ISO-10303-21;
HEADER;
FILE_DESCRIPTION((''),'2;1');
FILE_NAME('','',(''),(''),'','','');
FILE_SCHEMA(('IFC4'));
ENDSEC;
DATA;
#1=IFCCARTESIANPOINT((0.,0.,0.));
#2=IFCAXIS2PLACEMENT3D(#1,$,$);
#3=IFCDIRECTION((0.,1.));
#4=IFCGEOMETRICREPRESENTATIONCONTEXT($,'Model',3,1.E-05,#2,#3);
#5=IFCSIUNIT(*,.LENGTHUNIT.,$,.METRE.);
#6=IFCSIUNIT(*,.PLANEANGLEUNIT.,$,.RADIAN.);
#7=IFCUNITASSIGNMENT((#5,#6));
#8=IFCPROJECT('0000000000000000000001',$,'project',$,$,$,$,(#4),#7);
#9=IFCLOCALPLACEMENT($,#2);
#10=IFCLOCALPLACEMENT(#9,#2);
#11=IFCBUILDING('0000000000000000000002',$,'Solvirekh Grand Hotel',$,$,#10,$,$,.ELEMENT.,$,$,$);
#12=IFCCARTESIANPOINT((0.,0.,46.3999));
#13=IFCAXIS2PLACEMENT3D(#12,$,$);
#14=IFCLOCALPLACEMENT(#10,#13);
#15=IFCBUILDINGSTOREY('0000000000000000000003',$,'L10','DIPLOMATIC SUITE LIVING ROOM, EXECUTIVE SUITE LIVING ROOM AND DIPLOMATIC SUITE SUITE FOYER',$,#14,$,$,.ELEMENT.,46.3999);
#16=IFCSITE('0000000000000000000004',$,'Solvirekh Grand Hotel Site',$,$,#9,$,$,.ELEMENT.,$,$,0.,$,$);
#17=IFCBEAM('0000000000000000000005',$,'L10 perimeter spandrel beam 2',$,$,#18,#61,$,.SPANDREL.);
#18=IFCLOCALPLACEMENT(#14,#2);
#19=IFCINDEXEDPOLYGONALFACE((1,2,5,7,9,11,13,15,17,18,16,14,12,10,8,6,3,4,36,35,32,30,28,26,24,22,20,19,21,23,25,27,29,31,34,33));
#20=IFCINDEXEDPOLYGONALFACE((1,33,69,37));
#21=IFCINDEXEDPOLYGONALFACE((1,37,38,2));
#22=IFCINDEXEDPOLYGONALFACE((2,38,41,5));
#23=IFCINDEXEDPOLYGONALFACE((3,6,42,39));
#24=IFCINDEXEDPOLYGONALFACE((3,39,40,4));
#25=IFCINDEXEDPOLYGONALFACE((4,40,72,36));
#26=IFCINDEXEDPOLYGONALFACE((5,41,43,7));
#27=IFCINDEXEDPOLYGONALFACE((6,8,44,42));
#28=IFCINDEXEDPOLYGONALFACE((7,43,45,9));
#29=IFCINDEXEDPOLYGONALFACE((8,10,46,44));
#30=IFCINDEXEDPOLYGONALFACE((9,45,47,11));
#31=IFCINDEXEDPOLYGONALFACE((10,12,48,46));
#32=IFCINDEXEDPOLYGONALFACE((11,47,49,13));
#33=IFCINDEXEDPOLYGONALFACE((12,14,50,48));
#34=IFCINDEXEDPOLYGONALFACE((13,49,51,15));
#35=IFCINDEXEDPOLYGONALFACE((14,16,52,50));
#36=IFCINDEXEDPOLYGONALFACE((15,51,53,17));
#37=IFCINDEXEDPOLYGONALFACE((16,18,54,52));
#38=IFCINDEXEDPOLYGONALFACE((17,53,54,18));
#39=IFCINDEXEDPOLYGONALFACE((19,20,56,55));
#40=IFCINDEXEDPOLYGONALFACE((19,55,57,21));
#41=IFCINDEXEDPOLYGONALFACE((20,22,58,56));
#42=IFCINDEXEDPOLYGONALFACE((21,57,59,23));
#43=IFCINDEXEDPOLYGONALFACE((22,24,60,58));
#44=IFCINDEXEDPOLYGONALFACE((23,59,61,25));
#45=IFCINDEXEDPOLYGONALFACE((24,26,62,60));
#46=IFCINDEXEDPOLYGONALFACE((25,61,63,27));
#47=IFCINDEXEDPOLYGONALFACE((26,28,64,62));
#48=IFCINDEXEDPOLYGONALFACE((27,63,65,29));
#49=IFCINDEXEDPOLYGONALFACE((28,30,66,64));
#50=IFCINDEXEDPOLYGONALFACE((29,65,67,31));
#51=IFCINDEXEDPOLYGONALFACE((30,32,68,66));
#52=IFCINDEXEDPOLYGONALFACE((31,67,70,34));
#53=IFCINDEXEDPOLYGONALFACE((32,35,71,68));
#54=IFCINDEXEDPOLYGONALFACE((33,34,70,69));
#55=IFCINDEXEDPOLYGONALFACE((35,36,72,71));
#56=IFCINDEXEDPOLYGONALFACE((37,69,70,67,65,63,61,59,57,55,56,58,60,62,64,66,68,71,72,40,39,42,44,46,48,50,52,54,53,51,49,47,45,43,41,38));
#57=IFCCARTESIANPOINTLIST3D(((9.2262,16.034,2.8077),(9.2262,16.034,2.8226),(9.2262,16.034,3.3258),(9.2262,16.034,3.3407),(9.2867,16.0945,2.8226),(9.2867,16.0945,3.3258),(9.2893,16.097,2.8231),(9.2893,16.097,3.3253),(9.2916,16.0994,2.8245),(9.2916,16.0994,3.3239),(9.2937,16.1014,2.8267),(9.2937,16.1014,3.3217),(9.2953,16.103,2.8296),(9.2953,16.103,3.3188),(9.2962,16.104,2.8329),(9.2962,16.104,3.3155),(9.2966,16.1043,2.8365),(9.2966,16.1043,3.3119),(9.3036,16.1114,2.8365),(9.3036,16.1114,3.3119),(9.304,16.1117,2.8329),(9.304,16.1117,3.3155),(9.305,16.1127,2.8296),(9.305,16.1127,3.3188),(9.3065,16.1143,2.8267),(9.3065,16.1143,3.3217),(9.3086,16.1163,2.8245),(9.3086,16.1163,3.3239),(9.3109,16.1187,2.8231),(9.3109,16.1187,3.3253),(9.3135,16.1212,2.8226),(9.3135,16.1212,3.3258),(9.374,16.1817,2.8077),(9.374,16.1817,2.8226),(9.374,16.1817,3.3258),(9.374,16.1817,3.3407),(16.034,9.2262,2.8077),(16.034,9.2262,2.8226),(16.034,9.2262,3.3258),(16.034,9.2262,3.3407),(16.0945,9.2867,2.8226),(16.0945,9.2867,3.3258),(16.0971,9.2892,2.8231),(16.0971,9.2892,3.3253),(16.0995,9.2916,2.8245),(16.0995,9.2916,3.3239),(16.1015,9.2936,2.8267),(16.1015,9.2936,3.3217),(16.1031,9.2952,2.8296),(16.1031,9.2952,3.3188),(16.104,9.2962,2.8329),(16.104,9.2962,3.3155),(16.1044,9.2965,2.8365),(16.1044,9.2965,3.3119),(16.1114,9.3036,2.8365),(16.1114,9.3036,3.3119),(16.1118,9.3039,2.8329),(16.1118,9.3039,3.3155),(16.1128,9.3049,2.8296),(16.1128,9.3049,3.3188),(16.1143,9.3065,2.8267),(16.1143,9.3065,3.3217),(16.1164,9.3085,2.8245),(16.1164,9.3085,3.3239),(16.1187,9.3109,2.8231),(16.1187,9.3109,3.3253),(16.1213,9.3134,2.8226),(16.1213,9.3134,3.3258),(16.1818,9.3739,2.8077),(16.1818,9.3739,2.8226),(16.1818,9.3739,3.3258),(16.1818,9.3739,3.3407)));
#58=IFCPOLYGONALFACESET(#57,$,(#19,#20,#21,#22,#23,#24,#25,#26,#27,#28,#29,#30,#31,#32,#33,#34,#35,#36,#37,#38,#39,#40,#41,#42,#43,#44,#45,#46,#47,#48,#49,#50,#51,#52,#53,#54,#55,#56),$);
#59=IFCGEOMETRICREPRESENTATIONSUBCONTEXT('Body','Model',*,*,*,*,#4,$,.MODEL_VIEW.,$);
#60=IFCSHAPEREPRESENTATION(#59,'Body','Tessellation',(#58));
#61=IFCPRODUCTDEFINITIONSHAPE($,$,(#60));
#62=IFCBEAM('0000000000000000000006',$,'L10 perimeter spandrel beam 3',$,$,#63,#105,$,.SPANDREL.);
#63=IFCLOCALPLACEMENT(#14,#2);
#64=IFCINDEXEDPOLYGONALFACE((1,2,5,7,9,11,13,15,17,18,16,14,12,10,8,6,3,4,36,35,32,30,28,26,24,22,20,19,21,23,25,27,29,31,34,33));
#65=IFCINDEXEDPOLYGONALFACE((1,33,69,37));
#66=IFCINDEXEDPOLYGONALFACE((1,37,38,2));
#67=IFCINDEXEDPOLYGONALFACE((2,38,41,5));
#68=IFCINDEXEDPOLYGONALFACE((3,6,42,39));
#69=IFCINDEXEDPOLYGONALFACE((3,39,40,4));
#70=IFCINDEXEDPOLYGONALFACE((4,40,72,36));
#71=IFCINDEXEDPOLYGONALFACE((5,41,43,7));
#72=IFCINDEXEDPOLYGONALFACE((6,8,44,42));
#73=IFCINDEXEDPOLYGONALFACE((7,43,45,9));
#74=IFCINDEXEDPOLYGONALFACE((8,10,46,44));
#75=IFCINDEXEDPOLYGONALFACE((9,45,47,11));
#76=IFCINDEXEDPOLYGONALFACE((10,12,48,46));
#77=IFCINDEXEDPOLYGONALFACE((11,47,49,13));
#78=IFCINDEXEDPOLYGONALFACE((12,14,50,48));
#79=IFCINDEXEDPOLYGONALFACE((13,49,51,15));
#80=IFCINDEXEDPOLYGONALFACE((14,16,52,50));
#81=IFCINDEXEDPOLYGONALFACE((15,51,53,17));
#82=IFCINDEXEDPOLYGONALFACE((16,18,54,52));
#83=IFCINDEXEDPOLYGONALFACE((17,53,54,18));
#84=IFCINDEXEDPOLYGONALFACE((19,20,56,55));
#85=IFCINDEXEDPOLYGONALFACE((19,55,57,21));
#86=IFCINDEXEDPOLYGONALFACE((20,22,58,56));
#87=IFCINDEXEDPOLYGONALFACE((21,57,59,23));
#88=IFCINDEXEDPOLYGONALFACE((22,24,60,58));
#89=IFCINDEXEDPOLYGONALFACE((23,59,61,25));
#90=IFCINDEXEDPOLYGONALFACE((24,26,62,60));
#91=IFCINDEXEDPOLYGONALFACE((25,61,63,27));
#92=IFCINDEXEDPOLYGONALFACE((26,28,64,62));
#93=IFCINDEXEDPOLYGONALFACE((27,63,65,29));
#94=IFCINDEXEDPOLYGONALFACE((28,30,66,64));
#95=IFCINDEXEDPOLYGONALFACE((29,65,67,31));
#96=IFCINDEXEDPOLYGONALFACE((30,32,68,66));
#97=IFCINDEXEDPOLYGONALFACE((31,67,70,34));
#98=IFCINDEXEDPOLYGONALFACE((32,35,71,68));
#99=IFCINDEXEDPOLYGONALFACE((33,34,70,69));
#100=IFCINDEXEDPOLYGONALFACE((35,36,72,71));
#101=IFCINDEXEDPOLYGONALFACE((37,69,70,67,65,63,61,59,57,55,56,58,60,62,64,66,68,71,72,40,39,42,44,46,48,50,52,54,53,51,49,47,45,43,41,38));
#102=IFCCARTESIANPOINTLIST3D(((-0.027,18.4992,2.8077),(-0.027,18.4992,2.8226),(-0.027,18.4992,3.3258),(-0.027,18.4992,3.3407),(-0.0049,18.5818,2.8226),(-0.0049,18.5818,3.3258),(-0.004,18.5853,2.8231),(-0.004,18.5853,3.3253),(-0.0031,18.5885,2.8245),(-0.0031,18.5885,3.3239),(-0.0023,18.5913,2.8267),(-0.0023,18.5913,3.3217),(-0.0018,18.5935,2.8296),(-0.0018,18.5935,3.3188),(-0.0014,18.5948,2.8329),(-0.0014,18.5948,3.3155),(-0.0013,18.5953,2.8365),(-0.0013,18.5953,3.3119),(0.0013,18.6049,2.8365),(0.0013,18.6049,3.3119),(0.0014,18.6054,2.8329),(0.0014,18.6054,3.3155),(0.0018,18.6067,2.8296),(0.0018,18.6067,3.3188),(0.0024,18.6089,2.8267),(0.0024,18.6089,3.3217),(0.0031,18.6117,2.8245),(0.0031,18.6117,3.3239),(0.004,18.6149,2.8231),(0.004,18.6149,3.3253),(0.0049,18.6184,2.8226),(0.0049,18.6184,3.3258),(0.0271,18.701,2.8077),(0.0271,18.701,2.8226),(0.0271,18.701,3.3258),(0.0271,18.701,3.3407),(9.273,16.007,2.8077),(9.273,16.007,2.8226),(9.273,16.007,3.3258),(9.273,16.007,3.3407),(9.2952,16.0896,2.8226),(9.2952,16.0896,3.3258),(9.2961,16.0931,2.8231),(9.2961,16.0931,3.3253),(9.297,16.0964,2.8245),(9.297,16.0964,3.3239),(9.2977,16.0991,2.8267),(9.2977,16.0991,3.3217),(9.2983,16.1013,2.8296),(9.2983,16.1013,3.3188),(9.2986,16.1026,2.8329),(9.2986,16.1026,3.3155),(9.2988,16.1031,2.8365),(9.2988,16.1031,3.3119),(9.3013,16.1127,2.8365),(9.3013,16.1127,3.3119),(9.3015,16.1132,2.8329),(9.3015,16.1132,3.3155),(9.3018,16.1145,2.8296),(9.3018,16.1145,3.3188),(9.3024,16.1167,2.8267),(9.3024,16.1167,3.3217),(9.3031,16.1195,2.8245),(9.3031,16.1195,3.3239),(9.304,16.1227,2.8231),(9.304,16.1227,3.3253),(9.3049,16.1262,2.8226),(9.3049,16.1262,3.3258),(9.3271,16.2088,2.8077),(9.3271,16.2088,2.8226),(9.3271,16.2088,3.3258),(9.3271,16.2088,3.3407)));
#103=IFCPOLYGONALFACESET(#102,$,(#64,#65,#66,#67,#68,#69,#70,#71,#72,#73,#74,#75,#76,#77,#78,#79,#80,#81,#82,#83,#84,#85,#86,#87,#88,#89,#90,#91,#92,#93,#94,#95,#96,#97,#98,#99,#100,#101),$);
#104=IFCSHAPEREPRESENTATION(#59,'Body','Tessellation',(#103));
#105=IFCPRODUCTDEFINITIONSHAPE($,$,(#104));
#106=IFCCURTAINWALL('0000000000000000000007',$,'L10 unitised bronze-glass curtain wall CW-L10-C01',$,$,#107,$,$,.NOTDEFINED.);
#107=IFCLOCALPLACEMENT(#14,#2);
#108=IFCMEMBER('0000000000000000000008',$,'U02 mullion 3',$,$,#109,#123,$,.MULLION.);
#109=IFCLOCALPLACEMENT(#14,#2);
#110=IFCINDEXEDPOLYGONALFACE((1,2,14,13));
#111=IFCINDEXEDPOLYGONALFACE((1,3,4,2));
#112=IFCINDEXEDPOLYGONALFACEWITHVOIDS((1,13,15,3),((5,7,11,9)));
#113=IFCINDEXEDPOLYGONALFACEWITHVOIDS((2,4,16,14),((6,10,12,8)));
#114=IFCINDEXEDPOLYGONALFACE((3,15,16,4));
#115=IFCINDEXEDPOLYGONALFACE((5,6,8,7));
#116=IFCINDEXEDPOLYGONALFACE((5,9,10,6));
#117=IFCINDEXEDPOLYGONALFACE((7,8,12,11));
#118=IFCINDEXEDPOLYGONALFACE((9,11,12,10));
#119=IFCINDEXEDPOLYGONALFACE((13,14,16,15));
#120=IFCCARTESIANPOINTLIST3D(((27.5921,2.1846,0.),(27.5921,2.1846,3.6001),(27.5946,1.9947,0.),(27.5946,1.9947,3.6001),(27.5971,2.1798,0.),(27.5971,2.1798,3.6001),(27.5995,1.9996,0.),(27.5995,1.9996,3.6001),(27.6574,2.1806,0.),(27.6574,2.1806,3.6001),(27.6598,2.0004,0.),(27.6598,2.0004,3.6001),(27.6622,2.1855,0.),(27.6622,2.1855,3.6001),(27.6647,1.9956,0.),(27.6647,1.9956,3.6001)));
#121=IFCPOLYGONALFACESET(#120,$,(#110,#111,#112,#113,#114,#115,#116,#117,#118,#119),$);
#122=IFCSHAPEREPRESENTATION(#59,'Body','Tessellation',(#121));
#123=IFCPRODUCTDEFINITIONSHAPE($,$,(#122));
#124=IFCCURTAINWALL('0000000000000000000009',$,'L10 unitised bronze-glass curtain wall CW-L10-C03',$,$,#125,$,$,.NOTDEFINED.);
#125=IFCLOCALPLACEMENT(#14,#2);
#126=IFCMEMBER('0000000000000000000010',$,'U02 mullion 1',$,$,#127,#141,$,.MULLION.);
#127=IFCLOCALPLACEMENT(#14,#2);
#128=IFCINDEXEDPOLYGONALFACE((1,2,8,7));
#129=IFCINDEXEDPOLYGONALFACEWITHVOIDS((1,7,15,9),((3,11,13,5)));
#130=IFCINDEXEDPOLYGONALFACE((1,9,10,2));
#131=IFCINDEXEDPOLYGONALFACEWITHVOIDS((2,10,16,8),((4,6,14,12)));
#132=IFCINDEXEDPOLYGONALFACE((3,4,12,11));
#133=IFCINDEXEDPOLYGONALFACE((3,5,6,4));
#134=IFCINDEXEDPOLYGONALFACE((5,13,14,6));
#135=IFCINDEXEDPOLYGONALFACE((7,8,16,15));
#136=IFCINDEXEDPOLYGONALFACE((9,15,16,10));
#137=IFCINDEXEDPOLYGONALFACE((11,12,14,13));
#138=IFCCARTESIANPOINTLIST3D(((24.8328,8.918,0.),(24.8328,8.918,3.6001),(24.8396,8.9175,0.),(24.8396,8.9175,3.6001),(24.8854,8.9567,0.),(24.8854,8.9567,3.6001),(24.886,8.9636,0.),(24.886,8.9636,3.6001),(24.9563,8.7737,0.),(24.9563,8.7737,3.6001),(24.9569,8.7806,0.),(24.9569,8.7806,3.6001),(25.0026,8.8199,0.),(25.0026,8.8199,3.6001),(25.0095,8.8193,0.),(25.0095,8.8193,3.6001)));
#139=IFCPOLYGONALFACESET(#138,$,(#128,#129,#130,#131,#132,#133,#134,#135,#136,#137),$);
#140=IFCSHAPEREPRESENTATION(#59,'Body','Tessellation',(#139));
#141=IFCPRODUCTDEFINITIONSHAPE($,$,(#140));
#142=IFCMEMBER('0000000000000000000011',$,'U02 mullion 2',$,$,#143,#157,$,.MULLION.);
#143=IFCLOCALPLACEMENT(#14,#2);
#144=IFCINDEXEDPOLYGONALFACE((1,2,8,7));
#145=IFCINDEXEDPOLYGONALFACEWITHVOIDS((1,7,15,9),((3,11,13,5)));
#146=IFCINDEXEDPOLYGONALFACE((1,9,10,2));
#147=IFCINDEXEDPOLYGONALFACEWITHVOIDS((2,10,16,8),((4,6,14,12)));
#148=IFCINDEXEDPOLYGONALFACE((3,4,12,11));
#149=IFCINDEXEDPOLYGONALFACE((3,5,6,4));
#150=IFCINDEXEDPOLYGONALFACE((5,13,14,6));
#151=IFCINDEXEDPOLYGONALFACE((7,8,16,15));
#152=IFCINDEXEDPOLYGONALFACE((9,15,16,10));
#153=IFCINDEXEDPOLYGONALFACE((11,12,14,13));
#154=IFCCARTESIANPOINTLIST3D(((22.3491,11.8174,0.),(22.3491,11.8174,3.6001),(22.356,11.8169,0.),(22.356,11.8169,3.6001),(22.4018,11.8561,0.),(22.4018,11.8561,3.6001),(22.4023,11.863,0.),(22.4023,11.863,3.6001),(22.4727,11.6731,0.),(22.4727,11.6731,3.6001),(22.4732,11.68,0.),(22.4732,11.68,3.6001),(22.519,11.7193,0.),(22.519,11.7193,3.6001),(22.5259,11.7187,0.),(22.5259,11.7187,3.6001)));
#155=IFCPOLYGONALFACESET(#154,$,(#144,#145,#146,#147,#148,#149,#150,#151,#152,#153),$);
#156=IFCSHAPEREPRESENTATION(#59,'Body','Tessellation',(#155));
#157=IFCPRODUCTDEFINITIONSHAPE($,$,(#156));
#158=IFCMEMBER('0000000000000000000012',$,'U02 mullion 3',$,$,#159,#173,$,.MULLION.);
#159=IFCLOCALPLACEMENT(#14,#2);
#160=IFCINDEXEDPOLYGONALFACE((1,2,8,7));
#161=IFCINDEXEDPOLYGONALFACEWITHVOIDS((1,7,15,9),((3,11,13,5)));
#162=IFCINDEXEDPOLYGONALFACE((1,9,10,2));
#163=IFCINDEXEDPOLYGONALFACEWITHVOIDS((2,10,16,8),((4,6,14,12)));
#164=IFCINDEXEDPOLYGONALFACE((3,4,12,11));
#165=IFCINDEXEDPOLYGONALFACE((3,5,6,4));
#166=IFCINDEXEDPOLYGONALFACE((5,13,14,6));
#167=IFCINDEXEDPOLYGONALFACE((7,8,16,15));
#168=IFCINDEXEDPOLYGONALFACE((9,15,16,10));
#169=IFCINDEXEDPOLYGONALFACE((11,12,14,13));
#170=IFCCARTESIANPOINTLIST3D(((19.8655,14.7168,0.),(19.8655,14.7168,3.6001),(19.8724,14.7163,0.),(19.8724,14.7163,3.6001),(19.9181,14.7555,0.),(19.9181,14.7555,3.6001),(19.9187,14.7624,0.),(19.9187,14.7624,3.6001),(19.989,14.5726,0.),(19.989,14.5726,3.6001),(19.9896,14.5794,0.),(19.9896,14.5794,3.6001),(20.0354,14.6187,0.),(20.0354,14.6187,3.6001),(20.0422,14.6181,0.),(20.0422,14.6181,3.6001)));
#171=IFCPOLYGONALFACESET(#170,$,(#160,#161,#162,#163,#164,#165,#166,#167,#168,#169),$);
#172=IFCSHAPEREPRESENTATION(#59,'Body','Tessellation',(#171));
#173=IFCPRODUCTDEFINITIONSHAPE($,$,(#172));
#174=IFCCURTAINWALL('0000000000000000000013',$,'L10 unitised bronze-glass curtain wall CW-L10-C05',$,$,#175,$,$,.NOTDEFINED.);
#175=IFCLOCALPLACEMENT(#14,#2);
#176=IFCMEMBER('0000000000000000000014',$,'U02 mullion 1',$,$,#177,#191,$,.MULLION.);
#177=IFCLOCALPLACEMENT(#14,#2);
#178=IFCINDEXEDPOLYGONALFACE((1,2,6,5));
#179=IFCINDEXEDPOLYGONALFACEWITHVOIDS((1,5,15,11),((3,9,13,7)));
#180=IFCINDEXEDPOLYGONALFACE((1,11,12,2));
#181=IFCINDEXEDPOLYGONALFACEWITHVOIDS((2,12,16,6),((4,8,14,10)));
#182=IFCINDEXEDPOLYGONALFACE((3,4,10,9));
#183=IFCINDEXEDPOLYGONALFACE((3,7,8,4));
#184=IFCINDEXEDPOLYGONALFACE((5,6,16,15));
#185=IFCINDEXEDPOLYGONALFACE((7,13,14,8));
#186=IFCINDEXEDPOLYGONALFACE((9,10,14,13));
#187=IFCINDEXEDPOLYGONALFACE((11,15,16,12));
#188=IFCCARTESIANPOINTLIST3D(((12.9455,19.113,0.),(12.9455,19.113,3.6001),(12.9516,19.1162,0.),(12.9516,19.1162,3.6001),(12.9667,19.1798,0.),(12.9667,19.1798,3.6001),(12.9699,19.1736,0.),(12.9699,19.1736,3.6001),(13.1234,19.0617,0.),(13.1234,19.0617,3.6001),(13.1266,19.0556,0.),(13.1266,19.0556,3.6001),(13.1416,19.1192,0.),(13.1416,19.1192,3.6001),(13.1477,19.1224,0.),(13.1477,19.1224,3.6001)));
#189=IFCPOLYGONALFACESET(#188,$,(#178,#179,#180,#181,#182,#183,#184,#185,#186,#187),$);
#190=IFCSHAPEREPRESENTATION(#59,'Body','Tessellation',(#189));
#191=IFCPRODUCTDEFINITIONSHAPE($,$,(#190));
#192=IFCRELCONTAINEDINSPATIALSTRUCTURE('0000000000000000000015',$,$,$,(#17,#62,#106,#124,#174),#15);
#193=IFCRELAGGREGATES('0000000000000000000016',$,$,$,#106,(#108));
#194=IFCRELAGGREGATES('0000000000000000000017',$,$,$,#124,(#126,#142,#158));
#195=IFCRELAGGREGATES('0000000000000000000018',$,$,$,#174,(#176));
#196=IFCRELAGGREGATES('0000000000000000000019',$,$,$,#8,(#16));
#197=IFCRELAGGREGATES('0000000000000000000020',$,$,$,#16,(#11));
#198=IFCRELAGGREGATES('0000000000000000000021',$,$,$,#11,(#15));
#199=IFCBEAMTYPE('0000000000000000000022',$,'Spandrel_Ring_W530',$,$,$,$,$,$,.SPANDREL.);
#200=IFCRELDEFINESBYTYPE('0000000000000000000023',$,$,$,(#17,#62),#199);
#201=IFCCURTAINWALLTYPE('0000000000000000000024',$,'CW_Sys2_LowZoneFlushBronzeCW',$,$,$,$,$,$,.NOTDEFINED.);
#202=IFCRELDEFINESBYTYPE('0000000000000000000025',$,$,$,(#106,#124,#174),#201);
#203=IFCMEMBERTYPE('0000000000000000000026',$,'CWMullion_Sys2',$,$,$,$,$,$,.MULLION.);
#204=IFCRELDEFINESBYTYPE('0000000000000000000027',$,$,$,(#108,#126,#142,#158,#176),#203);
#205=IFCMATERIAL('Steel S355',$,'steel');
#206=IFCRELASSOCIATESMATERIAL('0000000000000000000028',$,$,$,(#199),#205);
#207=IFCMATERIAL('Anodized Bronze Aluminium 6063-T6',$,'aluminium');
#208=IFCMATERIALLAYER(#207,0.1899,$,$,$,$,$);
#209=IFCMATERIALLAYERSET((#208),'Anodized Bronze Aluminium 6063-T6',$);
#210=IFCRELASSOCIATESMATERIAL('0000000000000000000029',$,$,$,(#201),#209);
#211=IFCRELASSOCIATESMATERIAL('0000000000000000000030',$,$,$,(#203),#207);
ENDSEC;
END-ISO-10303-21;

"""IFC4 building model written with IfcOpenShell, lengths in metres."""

from ifc_helpers import new_model, si_unit, direction, frame, origin, origin_2d, place, context, subcontext, project, spatial, hollow_rectangle, i_section, extrude, source, transform, mapped, material, layer, layer_set, material_profile, profile_set, type_object, element, aggregate, save


model = new_model("IFC4")

# Units and contexts
model_context = context("Model", 3, precision=1e-05, world=origin(), true_north=direction((0.0, 1.0)))
body_context = subcontext(model_context, "Body", "Model", "MODEL_VIEW")
ifc_project = project(units=[si_unit("LENGTHUNIT", "METRE"), si_unit("PLANEANGLEUNIT", "RADIAN")], contexts=[model_context])

# Site, building, storey
site_placement = place(None, origin())
site = spatial("IfcSite", under=ifc_project, at=site_placement, Name="Solvirekh Grand Hotel Site", CompositionType="ELEMENT", RefElevation=0.0)
building_placement = place(site_placement, origin())
building = spatial("IfcBuilding", under=site, at=building_placement, Name="Solvirekh Grand Hotel", CompositionType="ELEMENT")
storey_placement = place(building_placement, frame((0.0, 0.0, 46.3999)))
storey = spatial("IfcBuildingStorey", under=building, at=storey_placement, Name="L10", Description="DIPLOMATIC SUITE LIVING ROOM, EXECUTIVE SUITE LIVING ROOM AND DIPLOMATIC SUITE SUITE FOYER", CompositionType="ELEMENT", Elevation=46.3999)

# Beams
ifc_material_1 = material(Name="Steel S355", Category="steel")
ifc_material_profile_1 = material_profile(ifc_material_1, i_section(OverallWidth=0.209, OverallDepth=0.533, WebThickness=0.01, FlangeThickness=0.0149, FilletRadius=0.0139, at=origin_2d()), Name="W530X92")
ifc_profile_set_1 = profile_set([ifc_material_profile_1], Name="Steel S355")
beam_type = type_object("IfcBeamType", Name="Spandrel_Ring_W530", PredefinedType="SPANDREL", material=ifc_profile_set_1)
beam_1_placement = place(storey_placement, frame((16.1079, 9.3, 3.0742), z_axis=(-0.707107, 0.707107, 0.0), x_axis=(-0.707107, -0.707107, 0.0)))
element("IfcBeam", 1, at=beam_1_placement, inside=storey, type_object=beam_type, Name="L10 perimeter spandrel beam 2", PredefinedType="SPANDREL", context=body_context, shape_type="SweptSolid", body=[
    extrude(i_section(OverallWidth=0.209, OverallDepth=0.533, WebThickness=0.01, FlangeThickness=0.0149, FilletRadius=0.0139, at=origin_2d()), origin(), (0.0, 0.0, 1.0), 9.6277),
])
beam_2_placement = place(storey_placement, frame((9.3, 16.1079, 3.0742), z_axis=(-0.965919, 0.258843, 0.0), x_axis=(-0.258843, -0.965919, 0.0)))
element("IfcBeam", 2, at=beam_2_placement, inside=storey, type_object=beam_type, Name="L10 perimeter spandrel beam 3", PredefinedType="SPANDREL", context=body_context, shape_type="SweptSolid", body=[
    extrude(i_section(OverallWidth=0.209, OverallDepth=0.533, WebThickness=0.01, FlangeThickness=0.0149, FilletRadius=0.0139, at=origin_2d()), origin(), (0.0, 0.0, 1.0), 9.6282),
])

# Curtain wall, member
ifc_material_2 = material(Name="Anodized Bronze Aluminium 6063-T6", Category="aluminium")
ifc_layer_1 = layer(ifc_material_2, 0.1899)
ifc_layer_set_1 = layer_set([ifc_layer_1], Name="Anodized Bronze Aluminium 6063-T6")
curtain_wall_type = type_object("IfcCurtainWallType", Name="CW_Sys2_LowZoneFlushBronzeCW", PredefinedType="NOTDEFINED", material=ifc_layer_set_1)
curtain_wall_1_placement = place(storey_placement, origin())
curtain_wall_1 = element("IfcCurtainWall", 3, at=curtain_wall_1_placement, inside=storey, type_object=curtain_wall_type, Name="L10 unitised bronze-glass curtain wall CW-L10-C01", PredefinedType="NOTDEFINED")
ifc_material_profile_2 = material_profile(ifc_material_2, hollow_rectangle(XDim=0.0701, YDim=0.1899, WallThickness=0.0049, at=origin_2d()), Name="ALU RHS 190X70X5")
ifc_profile_set_2 = profile_set([ifc_material_profile_2], Name="Anodized Bronze Aluminium 6063-T6")
member_type_1 = type_object("IfcMemberType", Name="CWMullion_Sys2", PredefinedType="MULLION", material=ifc_profile_set_2)
shared_shape_1 = source(origin(), body_context, "Body", "SweptSolid", [
    extrude(hollow_rectangle(XDim=0.0701, YDim=0.1899, WallThickness=0.0049, at=origin_2d()), origin(), (0.0, 0.0, 1.0), 3.6001),
])
member_1_placement = place(storey_placement, frame((27.6284, 2.0901, 0.0), z_axis=(0.0, 0.0, 1.0), x_axis=(-0.999912, -0.013284, 0.0)))
member_1 = element("IfcMember", 4, at=member_1_placement, type_object=member_type_1, Name="U02 mullion 3", PredefinedType="MULLION", context=body_context, shape_type="MappedRepresentation", body=[
    mapped(shared_shape_1, transform((0.0, 0.0, 0.0), x_axis=(1.0, 0.0, 0.0), y_axis=(0.0, 1.0, 0.0), z_axis=(0.0, 0.0, 1.0), scale=1.0)),
])

# Curtain walls, members
curtain_wall_2_placement = place(storey_placement, origin())
curtain_wall_2 = element("IfcCurtainWall", 5, at=curtain_wall_2_placement, inside=storey, type_object=curtain_wall_type, Name="L10 unitised bronze-glass curtain wall CW-L10-C03", PredefinedType="NOTDEFINED")
member_2_placement = place(storey_placement, frame((24.9211, 8.8687, 0.0), z_axis=(0.0, 0.0, 1.0), x_axis=(-0.759449, -0.650567, 0.0)))
member_2 = element("IfcMember", 6, at=member_2_placement, type_object=member_type_1, Name="U02 mullion 1", PredefinedType="MULLION", context=body_context, shape_type="MappedRepresentation", body=[
    mapped(shared_shape_1, transform((0.0, 0.0, 0.0), x_axis=(1.0, 0.0, 0.0), y_axis=(0.0, 1.0, 0.0), z_axis=(0.0, 0.0, 1.0), scale=1.0)),
])
member_3_placement = place(storey_placement, frame((22.4375, 11.7681, 0.0), z_axis=(0.0, 0.0, 1.0), x_axis=(-0.759449, -0.650567, 0.0)))
member_3 = element("IfcMember", 7, at=member_3_placement, type_object=member_type_1, Name="U02 mullion 2", PredefinedType="MULLION", context=body_context, shape_type="MappedRepresentation", body=[
    mapped(shared_shape_1, transform((0.0, 0.0, 0.0), x_axis=(1.0, 0.0, 0.0), y_axis=(0.0, 1.0, 0.0), z_axis=(0.0, 0.0, 1.0), scale=1.0)),
])
member_4_placement = place(storey_placement, frame((19.9539, 14.6675, 0.0), z_axis=(0.0, 0.0, 1.0), x_axis=(-0.759449, -0.650567, 0.0)))
member_4 = element("IfcMember", 8, at=member_4_placement, type_object=member_type_1, Name="U02 mullion 3", PredefinedType="MULLION", context=body_context, shape_type="MappedRepresentation", body=[
    mapped(shared_shape_1, transform((0.0, 0.0, 0.0), x_axis=(1.0, 0.0, 0.0), y_axis=(0.0, 1.0, 0.0), z_axis=(0.0, 0.0, 1.0), scale=1.0)),
])
curtain_wall_3_placement = place(storey_placement, origin())
curtain_wall_3 = element("IfcCurtainWall", 9, at=curtain_wall_3_placement, inside=storey, type_object=curtain_wall_type, Name="L10 unitised bronze-glass curtain wall CW-L10-C05", PredefinedType="NOTDEFINED")
member_5_placement = place(storey_placement, frame((13.0466, 19.1177, 0.0), z_axis=(0.0, 0.0, 1.0), x_axis=(-0.302286, -0.953217, 0.0)))
member_5 = element("IfcMember", 10, at=member_5_placement, type_object=member_type_1, Name="U02 mullion 1", PredefinedType="MULLION", context=body_context, shape_type="MappedRepresentation", body=[
    mapped(shared_shape_1, transform((0.0, 0.0, 0.0), x_axis=(1.0, 0.0, 0.0), y_axis=(0.0, 1.0, 0.0), z_axis=(0.0, 0.0, 1.0), scale=1.0)),
])

aggregate(curtain_wall_1, [member_1])
aggregate(curtain_wall_2, [member_2, member_3, member_4])
aggregate(curtain_wall_3, [member_5])

save(model, "model.ifc")
